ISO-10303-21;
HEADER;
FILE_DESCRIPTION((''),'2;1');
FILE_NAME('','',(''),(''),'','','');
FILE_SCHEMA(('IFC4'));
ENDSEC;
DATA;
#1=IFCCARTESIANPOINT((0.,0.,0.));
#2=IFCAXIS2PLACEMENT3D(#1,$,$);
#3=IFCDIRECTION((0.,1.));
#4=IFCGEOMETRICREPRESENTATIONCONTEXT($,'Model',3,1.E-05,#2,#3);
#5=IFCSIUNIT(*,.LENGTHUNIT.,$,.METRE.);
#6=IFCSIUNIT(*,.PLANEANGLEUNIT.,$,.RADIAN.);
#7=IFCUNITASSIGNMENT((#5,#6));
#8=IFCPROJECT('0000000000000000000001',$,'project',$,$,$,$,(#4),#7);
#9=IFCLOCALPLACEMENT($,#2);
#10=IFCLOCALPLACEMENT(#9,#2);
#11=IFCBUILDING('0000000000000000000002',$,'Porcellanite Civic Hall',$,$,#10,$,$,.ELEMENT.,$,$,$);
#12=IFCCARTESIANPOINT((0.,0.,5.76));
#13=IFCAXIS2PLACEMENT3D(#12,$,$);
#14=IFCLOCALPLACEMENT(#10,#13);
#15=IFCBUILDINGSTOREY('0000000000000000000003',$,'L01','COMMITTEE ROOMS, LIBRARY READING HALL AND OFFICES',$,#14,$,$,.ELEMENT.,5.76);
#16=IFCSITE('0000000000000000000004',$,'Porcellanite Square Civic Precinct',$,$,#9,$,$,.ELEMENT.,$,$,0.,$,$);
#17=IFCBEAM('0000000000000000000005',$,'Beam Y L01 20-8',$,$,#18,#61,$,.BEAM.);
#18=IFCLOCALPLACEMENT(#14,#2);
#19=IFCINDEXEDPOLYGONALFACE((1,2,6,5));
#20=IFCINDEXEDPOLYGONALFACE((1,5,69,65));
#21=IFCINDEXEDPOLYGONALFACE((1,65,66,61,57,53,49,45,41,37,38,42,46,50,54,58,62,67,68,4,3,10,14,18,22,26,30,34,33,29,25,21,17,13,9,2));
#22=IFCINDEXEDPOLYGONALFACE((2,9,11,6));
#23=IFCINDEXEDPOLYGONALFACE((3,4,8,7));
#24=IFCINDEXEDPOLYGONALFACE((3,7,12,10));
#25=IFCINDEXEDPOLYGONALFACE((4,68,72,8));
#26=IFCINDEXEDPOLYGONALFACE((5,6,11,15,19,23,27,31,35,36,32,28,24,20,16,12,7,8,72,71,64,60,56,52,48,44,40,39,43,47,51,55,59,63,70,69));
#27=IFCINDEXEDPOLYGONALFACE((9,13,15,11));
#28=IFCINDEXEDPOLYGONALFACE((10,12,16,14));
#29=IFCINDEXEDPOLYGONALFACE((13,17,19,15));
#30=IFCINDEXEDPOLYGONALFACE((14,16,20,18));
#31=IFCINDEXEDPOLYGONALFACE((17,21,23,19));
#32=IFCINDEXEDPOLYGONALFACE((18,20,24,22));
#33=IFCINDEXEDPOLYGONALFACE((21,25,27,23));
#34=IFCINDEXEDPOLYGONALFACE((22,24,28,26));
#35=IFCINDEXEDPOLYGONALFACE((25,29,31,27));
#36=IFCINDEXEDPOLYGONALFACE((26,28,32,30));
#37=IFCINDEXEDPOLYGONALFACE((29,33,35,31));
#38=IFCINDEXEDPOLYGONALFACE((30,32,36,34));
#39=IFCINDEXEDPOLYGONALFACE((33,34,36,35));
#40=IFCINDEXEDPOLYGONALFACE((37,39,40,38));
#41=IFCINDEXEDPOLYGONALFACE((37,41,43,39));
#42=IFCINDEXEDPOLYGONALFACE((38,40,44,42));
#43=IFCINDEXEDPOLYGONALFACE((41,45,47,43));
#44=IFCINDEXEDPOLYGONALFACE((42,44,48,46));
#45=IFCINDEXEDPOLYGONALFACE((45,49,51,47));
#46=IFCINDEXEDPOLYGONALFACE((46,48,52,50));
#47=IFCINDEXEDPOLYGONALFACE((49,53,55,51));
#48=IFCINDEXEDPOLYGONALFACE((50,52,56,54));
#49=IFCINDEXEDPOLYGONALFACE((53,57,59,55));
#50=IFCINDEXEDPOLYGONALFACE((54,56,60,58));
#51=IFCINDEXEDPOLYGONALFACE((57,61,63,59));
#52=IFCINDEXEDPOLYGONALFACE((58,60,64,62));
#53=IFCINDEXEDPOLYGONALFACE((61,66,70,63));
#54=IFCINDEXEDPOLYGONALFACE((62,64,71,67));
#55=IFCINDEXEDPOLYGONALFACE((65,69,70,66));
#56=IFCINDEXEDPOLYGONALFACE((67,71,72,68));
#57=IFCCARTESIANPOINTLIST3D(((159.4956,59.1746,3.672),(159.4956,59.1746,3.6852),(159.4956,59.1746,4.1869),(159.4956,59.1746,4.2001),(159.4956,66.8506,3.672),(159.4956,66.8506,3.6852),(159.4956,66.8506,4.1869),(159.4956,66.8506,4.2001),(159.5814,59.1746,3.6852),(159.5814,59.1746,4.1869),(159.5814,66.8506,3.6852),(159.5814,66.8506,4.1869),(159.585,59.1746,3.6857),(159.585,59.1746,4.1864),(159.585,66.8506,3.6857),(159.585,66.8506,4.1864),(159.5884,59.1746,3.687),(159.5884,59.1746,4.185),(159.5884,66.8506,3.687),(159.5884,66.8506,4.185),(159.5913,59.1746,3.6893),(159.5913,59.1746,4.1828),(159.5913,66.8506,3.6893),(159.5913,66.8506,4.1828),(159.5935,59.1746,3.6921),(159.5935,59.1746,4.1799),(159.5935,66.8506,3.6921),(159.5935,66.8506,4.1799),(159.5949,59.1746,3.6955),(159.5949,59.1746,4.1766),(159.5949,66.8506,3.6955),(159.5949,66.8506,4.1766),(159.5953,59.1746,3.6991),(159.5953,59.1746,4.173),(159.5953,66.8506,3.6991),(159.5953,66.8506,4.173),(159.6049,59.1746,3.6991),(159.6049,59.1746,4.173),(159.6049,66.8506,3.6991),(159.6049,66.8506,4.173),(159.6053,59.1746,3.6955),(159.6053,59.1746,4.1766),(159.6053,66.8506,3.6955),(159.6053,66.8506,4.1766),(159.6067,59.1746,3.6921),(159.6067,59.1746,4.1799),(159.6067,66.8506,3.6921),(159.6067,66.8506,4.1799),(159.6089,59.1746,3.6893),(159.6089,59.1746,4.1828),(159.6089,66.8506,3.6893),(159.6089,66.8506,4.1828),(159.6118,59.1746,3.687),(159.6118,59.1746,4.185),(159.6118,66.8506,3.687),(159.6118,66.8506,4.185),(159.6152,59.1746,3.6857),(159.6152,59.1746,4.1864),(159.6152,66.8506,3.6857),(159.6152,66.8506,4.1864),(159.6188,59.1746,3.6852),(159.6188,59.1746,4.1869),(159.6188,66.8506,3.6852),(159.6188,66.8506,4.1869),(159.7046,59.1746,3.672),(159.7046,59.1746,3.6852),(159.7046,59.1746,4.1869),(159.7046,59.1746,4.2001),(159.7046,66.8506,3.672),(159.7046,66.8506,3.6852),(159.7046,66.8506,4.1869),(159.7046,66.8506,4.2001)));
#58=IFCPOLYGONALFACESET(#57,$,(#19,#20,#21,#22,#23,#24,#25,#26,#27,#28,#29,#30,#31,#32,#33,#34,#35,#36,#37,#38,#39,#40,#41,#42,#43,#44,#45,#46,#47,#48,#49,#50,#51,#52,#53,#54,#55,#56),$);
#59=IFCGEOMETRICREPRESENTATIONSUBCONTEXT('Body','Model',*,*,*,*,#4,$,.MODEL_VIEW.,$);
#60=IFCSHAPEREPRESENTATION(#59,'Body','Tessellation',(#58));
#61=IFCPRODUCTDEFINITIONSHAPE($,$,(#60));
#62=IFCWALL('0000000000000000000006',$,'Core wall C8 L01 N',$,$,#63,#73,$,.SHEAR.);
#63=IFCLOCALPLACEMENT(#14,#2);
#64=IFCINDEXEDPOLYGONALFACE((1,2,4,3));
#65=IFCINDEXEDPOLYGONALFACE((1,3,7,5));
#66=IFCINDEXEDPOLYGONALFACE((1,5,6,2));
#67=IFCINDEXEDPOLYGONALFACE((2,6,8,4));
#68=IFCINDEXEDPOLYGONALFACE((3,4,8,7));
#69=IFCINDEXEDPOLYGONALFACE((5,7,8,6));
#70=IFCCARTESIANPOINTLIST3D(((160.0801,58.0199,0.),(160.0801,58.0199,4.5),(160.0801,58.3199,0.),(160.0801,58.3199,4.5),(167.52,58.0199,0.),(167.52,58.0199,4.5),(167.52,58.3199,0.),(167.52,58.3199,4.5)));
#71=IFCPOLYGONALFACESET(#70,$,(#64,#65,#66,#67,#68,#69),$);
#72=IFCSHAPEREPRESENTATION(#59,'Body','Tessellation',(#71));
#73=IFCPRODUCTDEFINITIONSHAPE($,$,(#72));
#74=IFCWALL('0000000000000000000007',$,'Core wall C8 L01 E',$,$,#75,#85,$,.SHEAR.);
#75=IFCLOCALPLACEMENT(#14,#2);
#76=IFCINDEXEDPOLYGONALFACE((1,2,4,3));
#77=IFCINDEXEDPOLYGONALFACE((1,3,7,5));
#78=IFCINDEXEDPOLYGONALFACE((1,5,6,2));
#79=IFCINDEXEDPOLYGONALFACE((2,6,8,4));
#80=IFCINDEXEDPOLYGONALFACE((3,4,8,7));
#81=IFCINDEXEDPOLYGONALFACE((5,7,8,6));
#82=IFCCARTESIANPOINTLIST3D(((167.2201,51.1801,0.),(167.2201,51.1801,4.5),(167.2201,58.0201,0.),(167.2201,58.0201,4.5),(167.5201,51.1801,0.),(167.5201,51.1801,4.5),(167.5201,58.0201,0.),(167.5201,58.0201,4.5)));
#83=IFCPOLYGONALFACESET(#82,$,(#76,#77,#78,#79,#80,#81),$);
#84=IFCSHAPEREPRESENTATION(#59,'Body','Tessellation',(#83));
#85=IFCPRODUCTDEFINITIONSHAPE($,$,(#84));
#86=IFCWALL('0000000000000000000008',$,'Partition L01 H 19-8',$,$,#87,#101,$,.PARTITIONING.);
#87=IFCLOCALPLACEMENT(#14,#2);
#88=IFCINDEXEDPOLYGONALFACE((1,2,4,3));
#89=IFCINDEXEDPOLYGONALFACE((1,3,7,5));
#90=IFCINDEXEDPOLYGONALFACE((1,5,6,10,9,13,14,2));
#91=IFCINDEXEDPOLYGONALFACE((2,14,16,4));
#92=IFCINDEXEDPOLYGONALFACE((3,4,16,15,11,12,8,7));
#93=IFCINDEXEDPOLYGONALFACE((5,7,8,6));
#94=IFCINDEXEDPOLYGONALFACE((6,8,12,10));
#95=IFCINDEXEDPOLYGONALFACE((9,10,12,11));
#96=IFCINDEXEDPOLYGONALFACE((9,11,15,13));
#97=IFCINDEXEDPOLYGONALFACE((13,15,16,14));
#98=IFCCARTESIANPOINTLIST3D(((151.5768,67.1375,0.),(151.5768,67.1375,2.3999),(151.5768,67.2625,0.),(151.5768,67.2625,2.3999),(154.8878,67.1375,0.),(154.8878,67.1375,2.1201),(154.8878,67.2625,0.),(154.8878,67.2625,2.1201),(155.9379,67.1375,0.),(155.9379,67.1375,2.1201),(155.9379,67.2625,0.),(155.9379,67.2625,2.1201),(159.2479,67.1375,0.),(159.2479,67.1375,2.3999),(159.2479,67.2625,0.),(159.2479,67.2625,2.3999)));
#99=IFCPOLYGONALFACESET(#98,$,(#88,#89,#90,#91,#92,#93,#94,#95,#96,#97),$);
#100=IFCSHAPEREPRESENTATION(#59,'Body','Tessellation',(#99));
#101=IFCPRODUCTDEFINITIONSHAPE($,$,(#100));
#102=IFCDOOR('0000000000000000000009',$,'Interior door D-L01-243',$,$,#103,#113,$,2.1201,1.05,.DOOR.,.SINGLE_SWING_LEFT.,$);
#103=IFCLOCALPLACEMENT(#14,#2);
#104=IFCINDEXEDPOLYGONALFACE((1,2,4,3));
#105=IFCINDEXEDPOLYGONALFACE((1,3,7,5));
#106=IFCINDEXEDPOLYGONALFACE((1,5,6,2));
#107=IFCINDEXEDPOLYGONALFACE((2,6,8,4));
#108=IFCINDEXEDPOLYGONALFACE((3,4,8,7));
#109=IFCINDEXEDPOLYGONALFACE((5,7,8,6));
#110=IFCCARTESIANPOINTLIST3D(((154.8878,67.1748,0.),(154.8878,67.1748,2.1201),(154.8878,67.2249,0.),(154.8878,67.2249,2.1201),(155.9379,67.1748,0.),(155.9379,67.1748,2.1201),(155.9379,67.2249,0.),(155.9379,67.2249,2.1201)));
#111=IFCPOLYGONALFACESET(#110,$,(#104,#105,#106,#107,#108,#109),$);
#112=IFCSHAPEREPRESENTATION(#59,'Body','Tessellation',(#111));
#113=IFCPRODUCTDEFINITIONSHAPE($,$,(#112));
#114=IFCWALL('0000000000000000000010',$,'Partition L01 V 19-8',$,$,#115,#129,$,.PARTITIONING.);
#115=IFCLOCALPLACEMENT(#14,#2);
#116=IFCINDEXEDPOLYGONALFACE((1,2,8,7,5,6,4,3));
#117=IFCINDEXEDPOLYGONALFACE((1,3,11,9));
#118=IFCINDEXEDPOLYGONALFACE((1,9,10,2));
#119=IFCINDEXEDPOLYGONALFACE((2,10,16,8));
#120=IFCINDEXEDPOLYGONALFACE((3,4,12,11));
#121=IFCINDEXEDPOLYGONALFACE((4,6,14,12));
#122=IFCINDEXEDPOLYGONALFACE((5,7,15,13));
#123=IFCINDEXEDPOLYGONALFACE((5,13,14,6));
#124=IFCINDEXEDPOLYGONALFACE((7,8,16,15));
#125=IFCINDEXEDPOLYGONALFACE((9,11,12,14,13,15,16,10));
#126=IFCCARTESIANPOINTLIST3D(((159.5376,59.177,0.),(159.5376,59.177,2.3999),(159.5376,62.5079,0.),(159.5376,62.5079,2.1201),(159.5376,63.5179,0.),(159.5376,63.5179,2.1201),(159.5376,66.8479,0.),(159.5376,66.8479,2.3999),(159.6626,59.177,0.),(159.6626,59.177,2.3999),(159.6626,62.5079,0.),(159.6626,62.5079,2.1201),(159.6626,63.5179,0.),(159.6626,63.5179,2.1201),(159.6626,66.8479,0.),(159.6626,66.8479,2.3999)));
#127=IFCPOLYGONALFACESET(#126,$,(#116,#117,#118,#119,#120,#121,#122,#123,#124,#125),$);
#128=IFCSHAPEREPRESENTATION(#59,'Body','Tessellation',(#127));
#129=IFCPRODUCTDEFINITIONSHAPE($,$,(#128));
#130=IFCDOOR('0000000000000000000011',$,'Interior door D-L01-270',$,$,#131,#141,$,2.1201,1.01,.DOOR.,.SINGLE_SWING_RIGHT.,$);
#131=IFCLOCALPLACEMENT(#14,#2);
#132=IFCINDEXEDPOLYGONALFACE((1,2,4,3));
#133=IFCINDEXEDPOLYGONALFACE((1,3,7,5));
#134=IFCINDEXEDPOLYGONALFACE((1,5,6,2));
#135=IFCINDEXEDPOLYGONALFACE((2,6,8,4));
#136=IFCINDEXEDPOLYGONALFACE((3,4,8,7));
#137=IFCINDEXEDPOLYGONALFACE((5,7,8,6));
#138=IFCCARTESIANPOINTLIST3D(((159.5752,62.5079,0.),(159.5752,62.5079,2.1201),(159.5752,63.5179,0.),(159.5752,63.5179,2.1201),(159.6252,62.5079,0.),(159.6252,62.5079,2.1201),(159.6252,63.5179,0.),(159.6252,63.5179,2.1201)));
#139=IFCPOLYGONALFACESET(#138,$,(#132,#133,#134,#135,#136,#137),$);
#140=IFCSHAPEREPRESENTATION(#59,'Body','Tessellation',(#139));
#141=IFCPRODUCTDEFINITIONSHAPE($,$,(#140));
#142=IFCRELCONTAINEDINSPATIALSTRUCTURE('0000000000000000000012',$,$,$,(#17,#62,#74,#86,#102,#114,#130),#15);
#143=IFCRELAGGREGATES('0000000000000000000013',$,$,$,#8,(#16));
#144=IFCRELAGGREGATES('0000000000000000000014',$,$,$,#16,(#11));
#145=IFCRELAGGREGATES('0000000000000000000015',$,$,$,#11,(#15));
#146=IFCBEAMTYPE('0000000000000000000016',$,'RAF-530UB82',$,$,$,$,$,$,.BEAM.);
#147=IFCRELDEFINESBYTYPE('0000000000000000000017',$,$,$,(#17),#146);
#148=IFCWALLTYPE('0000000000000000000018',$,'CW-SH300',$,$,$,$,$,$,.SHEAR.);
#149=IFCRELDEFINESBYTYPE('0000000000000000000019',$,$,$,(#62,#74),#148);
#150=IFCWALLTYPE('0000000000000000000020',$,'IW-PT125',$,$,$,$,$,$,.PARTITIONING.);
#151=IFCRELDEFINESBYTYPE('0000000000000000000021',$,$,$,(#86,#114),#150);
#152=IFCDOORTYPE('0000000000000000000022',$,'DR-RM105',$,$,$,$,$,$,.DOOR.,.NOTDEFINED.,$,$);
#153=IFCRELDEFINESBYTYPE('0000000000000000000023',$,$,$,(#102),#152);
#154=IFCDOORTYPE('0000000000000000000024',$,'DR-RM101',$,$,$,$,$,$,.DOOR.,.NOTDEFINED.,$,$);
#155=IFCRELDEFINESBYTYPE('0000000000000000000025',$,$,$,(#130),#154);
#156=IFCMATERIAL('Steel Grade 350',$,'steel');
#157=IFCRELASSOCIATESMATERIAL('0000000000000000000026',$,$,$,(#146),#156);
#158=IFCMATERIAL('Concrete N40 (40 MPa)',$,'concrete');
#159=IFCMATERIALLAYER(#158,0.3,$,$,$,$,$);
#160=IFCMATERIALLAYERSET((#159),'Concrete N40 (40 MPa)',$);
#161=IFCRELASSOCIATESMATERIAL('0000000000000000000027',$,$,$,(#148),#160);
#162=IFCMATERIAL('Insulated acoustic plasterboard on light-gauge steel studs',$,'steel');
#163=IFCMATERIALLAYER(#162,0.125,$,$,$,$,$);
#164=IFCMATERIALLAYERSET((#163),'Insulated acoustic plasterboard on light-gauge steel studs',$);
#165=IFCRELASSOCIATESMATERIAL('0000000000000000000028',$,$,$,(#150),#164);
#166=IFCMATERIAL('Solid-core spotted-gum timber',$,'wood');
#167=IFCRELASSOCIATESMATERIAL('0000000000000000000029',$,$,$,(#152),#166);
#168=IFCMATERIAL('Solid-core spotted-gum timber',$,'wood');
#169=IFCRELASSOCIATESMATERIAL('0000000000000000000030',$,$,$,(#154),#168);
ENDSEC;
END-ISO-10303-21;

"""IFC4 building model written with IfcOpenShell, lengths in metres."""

from ifc_helpers import new_model, si_unit, direction, frame, frame_2d, origin, origin_2d, place, context, subcontext, project, spatial, rectangle, i_section, extrude, material, layer, layer_set, material_profile, profile_set, type_object, element, fill, save


model = new_model("IFC4")

# Units and contexts
model_context = context("Model", 3, precision=1e-05, world=origin(), true_north=direction((0.0, 1.0)))
body_context = subcontext(model_context, "Body", "Model", "MODEL_VIEW")
ifc_project = project(units=[si_unit("LENGTHUNIT", "METRE"), si_unit("PLANEANGLEUNIT", "RADIAN")], contexts=[model_context])

# Site, building, storey
site_placement = place(None, origin())
site = spatial("IfcSite", under=ifc_project, at=site_placement, Name="Porcellanite Square Civic Precinct", CompositionType="ELEMENT", RefElevation=0.0)
building_placement = place(site_placement, origin())
building = spatial("IfcBuilding", under=site, at=building_placement, Name="Porcellanite Civic Hall", CompositionType="ELEMENT")
storey_placement = place(building_placement, frame((0.0, 0.0, 5.76)))
storey = spatial("IfcBuildingStorey", under=building, at=storey_placement, Name="L01", Description="COMMITTEE ROOMS, LIBRARY READING HALL AND OFFICES", CompositionType="ELEMENT", Elevation=5.76)

# Beam
ifc_material_1 = material(Name="Steel Grade 350", Category="steel")
ifc_material_profile_1 = material_profile(ifc_material_1, i_section(OverallWidth=0.209, OverallDepth=0.5281, WebThickness=0.0095, FlangeThickness=0.0132, FilletRadius=0.0139, at=origin_2d()), Name="530UB82.0")
ifc_profile_set_1 = profile_set([ifc_material_profile_1], Name="Steel Grade 350")
beam_type_1 = type_object("IfcBeamType", Name="RAF-530UB82", PredefinedType="BEAM", material=ifc_profile_set_1)
beam_1_placement = place(storey_placement, frame((159.6001, 59.1746, 3.936), z_axis=(0.0, 1.0, 0.0), x_axis=(-1.0, 0.0, 0.0)))
element("IfcBeam", 1, at=beam_1_placement, inside=storey, type_object=beam_type_1, Name="Beam Y L01 20-8", PredefinedType="BEAM", context=body_context, shape_type="SweptSolid", body=[
    extrude(i_section(OverallWidth=0.209, OverallDepth=0.5281, WebThickness=0.0095, FlangeThickness=0.0132, FilletRadius=0.0139, at=origin_2d()), origin(), (0.0, 0.0, 1.0), 7.676),
])

# Walls
ifc_material_2 = material(Name="Concrete N40 (40 MPa)", Category="concrete")
ifc_layer_1 = layer(ifc_material_2, 0.3)
ifc_layer_set_1 = layer_set([ifc_layer_1], Name="Concrete N40 (40 MPa)")
wall_type_1 = type_object("IfcWallType", Name="CW-SH300", PredefinedType="SHEAR", material=ifc_layer_set_1)
wall_1_placement = place(storey_placement, frame((160.0801, 58.1699, 0.0), z_axis=(0.0, 0.0, 1.0), x_axis=(1.0, 0.0, 0.0)))
element("IfcWall", 2, at=wall_1_placement, inside=storey, type_object=wall_type_1, Name="Core wall C8 L01 N", PredefinedType="SHEAR", context=body_context, shape_type="SweptSolid", body=[
    extrude(rectangle(XDim=7.4399, YDim=0.3, at=frame_2d((3.72, 0.0))), origin(), (0.0, 0.0, 1.0), 4.5),
])
wall_2_placement = place(storey_placement, frame((167.3701, 58.02, 0.0), z_axis=(0.0, 0.0, 1.0), x_axis=(0.0, -1.0, 0.0)))
element("IfcWall", 3, at=wall_2_placement, inside=storey, type_object=wall_type_1, Name="Core wall C8 L01 E", PredefinedType="SHEAR", context=body_context, shape_type="SweptSolid", body=[
    extrude(rectangle(XDim=6.8401, YDim=0.3, at=frame_2d((3.4199, 0.0))), origin(), (0.0, 0.0, 1.0), 4.5),
])

# Walls, openings, doors
ifc_material_3 = material(Name="Insulated acoustic plasterboard on light-gauge steel studs", Category="steel")
ifc_layer_2 = layer(ifc_material_3, 0.125)
ifc_layer_set_2 = layer_set([ifc_layer_2], Name="Insulated acoustic plasterboard on light-gauge steel studs")
wall_type_2 = type_object("IfcWallType", Name="IW-PT125", PredefinedType="PARTITIONING", material=ifc_layer_set_2)
wall_3_placement = place(storey_placement, frame((151.5769, 67.2, 0.0), z_axis=(0.0, 0.0, 1.0), x_axis=(1.0, 0.0, 0.0)))
wall_3 = element("IfcWall", 4, at=wall_3_placement, inside=storey, type_object=wall_type_2, Name="Partition L01 H 19-8", PredefinedType="PARTITIONING", context=body_context, shape_type="SweptSolid", body=[
    extrude(rectangle(XDim=7.6711, YDim=0.125, at=frame_2d((3.8354, 0.0))), origin(), (0.0, 0.0, 1.0), 2.3999),
])
opening_1_placement = place(wall_3_placement, frame((3.311, 0.0, 0.0)))
opening_1 = element("IfcOpeningElement", 5, at=opening_1_placement, cuts=wall_3, PredefinedType="OPENING", context=body_context, shape_type="SweptSolid", body=[
    extrude(rectangle(XDim=1.05, YDim=2.1201, at=frame_2d((0.5249, 1.0601))), frame((0.0, 0.0625, 0.0), z_axis=(0.0, -1.0, 0.0), x_axis=(1.0, 0.0, 0.0)), (0.0, 0.0, 1.0), 0.125),
])
ifc_material_4 = material(Name="Solid-core spotted-gum timber", Category="wood")
door_type_1 = type_object("IfcDoorType", Name="DR-RM105", OperationType="NOTDEFINED", PredefinedType="DOOR", material=ifc_material_4)
door_1_placement = place(opening_1_placement, origin())
door_1 = element("IfcDoor", 6, at=door_1_placement, inside=storey, type_object=door_type_1, Name="Interior door D-L01-243", OperationType="SINGLE_SWING_LEFT", OverallHeight=2.1201, OverallWidth=1.05, PredefinedType="DOOR", context=body_context, shape_type="SweptSolid", body=[
    extrude(rectangle(XDim=1.05, YDim=2.1201, at=frame_2d((0.5249, 1.0601))), frame((0.0, 0.0249, 0.0), z_axis=(0.0, -1.0, 0.0), x_axis=(1.0, 0.0, 0.0)), (0.0, 0.0, 1.0), 0.05),
])
fill(opening_1, door_1)
wall_4_placement = place(storey_placement, frame((159.6001, 59.177, 0.0), z_axis=(0.0, 0.0, 1.0), x_axis=(0.0, 1.0, 0.0)))
wall_4 = element("IfcWall", 7, at=wall_4_placement, inside=storey, type_object=wall_type_2, Name="Partition L01 V 19-8", PredefinedType="PARTITIONING", context=body_context, shape_type="SweptSolid", body=[
    extrude(rectangle(XDim=7.6709, YDim=0.125, at=frame_2d((3.8354, 0.0))), origin(), (0.0, 0.0, 1.0), 2.3999),
])
opening_2_placement = place(wall_4_placement, frame((3.3311, 0.0, 0.0)))
opening_2 = element("IfcOpeningElement", 8, at=opening_2_placement, cuts=wall_4, PredefinedType="OPENING", context=body_context, shape_type="SweptSolid", body=[
    extrude(rectangle(XDim=1.01, YDim=2.1201, at=frame_2d((0.5049, 1.0601))), frame((0.0, 0.0625, 0.0), z_axis=(0.0, -1.0, 0.0), x_axis=(1.0, 0.0, 0.0)), (0.0, 0.0, 1.0), 0.125),
])
ifc_material_5 = material(Name="Solid-core spotted-gum timber", Category="wood")
door_type_2 = type_object("IfcDoorType", Name="DR-RM101", OperationType="NOTDEFINED", PredefinedType="DOOR", material=ifc_material_5)
door_2_placement = place(opening_2_placement, origin())
door_2 = element("IfcDoor", 9, at=door_2_placement, inside=storey, type_object=door_type_2, Name="Interior door D-L01-270", OperationType="SINGLE_SWING_RIGHT", OverallHeight=2.1201, OverallWidth=1.01, PredefinedType="DOOR", context=body_context, shape_type="SweptSolid", body=[
    extrude(rectangle(XDim=1.01, YDim=2.1201, at=frame_2d((0.5049, 1.0601))), frame((0.0, 0.0249, 0.0), z_axis=(0.0, -1.0, 0.0), x_axis=(1.0, 0.0, 0.0)), (0.0, 0.0, 1.0), 0.05),
])
fill(opening_2, door_2)

save(model, "model.ifc")
